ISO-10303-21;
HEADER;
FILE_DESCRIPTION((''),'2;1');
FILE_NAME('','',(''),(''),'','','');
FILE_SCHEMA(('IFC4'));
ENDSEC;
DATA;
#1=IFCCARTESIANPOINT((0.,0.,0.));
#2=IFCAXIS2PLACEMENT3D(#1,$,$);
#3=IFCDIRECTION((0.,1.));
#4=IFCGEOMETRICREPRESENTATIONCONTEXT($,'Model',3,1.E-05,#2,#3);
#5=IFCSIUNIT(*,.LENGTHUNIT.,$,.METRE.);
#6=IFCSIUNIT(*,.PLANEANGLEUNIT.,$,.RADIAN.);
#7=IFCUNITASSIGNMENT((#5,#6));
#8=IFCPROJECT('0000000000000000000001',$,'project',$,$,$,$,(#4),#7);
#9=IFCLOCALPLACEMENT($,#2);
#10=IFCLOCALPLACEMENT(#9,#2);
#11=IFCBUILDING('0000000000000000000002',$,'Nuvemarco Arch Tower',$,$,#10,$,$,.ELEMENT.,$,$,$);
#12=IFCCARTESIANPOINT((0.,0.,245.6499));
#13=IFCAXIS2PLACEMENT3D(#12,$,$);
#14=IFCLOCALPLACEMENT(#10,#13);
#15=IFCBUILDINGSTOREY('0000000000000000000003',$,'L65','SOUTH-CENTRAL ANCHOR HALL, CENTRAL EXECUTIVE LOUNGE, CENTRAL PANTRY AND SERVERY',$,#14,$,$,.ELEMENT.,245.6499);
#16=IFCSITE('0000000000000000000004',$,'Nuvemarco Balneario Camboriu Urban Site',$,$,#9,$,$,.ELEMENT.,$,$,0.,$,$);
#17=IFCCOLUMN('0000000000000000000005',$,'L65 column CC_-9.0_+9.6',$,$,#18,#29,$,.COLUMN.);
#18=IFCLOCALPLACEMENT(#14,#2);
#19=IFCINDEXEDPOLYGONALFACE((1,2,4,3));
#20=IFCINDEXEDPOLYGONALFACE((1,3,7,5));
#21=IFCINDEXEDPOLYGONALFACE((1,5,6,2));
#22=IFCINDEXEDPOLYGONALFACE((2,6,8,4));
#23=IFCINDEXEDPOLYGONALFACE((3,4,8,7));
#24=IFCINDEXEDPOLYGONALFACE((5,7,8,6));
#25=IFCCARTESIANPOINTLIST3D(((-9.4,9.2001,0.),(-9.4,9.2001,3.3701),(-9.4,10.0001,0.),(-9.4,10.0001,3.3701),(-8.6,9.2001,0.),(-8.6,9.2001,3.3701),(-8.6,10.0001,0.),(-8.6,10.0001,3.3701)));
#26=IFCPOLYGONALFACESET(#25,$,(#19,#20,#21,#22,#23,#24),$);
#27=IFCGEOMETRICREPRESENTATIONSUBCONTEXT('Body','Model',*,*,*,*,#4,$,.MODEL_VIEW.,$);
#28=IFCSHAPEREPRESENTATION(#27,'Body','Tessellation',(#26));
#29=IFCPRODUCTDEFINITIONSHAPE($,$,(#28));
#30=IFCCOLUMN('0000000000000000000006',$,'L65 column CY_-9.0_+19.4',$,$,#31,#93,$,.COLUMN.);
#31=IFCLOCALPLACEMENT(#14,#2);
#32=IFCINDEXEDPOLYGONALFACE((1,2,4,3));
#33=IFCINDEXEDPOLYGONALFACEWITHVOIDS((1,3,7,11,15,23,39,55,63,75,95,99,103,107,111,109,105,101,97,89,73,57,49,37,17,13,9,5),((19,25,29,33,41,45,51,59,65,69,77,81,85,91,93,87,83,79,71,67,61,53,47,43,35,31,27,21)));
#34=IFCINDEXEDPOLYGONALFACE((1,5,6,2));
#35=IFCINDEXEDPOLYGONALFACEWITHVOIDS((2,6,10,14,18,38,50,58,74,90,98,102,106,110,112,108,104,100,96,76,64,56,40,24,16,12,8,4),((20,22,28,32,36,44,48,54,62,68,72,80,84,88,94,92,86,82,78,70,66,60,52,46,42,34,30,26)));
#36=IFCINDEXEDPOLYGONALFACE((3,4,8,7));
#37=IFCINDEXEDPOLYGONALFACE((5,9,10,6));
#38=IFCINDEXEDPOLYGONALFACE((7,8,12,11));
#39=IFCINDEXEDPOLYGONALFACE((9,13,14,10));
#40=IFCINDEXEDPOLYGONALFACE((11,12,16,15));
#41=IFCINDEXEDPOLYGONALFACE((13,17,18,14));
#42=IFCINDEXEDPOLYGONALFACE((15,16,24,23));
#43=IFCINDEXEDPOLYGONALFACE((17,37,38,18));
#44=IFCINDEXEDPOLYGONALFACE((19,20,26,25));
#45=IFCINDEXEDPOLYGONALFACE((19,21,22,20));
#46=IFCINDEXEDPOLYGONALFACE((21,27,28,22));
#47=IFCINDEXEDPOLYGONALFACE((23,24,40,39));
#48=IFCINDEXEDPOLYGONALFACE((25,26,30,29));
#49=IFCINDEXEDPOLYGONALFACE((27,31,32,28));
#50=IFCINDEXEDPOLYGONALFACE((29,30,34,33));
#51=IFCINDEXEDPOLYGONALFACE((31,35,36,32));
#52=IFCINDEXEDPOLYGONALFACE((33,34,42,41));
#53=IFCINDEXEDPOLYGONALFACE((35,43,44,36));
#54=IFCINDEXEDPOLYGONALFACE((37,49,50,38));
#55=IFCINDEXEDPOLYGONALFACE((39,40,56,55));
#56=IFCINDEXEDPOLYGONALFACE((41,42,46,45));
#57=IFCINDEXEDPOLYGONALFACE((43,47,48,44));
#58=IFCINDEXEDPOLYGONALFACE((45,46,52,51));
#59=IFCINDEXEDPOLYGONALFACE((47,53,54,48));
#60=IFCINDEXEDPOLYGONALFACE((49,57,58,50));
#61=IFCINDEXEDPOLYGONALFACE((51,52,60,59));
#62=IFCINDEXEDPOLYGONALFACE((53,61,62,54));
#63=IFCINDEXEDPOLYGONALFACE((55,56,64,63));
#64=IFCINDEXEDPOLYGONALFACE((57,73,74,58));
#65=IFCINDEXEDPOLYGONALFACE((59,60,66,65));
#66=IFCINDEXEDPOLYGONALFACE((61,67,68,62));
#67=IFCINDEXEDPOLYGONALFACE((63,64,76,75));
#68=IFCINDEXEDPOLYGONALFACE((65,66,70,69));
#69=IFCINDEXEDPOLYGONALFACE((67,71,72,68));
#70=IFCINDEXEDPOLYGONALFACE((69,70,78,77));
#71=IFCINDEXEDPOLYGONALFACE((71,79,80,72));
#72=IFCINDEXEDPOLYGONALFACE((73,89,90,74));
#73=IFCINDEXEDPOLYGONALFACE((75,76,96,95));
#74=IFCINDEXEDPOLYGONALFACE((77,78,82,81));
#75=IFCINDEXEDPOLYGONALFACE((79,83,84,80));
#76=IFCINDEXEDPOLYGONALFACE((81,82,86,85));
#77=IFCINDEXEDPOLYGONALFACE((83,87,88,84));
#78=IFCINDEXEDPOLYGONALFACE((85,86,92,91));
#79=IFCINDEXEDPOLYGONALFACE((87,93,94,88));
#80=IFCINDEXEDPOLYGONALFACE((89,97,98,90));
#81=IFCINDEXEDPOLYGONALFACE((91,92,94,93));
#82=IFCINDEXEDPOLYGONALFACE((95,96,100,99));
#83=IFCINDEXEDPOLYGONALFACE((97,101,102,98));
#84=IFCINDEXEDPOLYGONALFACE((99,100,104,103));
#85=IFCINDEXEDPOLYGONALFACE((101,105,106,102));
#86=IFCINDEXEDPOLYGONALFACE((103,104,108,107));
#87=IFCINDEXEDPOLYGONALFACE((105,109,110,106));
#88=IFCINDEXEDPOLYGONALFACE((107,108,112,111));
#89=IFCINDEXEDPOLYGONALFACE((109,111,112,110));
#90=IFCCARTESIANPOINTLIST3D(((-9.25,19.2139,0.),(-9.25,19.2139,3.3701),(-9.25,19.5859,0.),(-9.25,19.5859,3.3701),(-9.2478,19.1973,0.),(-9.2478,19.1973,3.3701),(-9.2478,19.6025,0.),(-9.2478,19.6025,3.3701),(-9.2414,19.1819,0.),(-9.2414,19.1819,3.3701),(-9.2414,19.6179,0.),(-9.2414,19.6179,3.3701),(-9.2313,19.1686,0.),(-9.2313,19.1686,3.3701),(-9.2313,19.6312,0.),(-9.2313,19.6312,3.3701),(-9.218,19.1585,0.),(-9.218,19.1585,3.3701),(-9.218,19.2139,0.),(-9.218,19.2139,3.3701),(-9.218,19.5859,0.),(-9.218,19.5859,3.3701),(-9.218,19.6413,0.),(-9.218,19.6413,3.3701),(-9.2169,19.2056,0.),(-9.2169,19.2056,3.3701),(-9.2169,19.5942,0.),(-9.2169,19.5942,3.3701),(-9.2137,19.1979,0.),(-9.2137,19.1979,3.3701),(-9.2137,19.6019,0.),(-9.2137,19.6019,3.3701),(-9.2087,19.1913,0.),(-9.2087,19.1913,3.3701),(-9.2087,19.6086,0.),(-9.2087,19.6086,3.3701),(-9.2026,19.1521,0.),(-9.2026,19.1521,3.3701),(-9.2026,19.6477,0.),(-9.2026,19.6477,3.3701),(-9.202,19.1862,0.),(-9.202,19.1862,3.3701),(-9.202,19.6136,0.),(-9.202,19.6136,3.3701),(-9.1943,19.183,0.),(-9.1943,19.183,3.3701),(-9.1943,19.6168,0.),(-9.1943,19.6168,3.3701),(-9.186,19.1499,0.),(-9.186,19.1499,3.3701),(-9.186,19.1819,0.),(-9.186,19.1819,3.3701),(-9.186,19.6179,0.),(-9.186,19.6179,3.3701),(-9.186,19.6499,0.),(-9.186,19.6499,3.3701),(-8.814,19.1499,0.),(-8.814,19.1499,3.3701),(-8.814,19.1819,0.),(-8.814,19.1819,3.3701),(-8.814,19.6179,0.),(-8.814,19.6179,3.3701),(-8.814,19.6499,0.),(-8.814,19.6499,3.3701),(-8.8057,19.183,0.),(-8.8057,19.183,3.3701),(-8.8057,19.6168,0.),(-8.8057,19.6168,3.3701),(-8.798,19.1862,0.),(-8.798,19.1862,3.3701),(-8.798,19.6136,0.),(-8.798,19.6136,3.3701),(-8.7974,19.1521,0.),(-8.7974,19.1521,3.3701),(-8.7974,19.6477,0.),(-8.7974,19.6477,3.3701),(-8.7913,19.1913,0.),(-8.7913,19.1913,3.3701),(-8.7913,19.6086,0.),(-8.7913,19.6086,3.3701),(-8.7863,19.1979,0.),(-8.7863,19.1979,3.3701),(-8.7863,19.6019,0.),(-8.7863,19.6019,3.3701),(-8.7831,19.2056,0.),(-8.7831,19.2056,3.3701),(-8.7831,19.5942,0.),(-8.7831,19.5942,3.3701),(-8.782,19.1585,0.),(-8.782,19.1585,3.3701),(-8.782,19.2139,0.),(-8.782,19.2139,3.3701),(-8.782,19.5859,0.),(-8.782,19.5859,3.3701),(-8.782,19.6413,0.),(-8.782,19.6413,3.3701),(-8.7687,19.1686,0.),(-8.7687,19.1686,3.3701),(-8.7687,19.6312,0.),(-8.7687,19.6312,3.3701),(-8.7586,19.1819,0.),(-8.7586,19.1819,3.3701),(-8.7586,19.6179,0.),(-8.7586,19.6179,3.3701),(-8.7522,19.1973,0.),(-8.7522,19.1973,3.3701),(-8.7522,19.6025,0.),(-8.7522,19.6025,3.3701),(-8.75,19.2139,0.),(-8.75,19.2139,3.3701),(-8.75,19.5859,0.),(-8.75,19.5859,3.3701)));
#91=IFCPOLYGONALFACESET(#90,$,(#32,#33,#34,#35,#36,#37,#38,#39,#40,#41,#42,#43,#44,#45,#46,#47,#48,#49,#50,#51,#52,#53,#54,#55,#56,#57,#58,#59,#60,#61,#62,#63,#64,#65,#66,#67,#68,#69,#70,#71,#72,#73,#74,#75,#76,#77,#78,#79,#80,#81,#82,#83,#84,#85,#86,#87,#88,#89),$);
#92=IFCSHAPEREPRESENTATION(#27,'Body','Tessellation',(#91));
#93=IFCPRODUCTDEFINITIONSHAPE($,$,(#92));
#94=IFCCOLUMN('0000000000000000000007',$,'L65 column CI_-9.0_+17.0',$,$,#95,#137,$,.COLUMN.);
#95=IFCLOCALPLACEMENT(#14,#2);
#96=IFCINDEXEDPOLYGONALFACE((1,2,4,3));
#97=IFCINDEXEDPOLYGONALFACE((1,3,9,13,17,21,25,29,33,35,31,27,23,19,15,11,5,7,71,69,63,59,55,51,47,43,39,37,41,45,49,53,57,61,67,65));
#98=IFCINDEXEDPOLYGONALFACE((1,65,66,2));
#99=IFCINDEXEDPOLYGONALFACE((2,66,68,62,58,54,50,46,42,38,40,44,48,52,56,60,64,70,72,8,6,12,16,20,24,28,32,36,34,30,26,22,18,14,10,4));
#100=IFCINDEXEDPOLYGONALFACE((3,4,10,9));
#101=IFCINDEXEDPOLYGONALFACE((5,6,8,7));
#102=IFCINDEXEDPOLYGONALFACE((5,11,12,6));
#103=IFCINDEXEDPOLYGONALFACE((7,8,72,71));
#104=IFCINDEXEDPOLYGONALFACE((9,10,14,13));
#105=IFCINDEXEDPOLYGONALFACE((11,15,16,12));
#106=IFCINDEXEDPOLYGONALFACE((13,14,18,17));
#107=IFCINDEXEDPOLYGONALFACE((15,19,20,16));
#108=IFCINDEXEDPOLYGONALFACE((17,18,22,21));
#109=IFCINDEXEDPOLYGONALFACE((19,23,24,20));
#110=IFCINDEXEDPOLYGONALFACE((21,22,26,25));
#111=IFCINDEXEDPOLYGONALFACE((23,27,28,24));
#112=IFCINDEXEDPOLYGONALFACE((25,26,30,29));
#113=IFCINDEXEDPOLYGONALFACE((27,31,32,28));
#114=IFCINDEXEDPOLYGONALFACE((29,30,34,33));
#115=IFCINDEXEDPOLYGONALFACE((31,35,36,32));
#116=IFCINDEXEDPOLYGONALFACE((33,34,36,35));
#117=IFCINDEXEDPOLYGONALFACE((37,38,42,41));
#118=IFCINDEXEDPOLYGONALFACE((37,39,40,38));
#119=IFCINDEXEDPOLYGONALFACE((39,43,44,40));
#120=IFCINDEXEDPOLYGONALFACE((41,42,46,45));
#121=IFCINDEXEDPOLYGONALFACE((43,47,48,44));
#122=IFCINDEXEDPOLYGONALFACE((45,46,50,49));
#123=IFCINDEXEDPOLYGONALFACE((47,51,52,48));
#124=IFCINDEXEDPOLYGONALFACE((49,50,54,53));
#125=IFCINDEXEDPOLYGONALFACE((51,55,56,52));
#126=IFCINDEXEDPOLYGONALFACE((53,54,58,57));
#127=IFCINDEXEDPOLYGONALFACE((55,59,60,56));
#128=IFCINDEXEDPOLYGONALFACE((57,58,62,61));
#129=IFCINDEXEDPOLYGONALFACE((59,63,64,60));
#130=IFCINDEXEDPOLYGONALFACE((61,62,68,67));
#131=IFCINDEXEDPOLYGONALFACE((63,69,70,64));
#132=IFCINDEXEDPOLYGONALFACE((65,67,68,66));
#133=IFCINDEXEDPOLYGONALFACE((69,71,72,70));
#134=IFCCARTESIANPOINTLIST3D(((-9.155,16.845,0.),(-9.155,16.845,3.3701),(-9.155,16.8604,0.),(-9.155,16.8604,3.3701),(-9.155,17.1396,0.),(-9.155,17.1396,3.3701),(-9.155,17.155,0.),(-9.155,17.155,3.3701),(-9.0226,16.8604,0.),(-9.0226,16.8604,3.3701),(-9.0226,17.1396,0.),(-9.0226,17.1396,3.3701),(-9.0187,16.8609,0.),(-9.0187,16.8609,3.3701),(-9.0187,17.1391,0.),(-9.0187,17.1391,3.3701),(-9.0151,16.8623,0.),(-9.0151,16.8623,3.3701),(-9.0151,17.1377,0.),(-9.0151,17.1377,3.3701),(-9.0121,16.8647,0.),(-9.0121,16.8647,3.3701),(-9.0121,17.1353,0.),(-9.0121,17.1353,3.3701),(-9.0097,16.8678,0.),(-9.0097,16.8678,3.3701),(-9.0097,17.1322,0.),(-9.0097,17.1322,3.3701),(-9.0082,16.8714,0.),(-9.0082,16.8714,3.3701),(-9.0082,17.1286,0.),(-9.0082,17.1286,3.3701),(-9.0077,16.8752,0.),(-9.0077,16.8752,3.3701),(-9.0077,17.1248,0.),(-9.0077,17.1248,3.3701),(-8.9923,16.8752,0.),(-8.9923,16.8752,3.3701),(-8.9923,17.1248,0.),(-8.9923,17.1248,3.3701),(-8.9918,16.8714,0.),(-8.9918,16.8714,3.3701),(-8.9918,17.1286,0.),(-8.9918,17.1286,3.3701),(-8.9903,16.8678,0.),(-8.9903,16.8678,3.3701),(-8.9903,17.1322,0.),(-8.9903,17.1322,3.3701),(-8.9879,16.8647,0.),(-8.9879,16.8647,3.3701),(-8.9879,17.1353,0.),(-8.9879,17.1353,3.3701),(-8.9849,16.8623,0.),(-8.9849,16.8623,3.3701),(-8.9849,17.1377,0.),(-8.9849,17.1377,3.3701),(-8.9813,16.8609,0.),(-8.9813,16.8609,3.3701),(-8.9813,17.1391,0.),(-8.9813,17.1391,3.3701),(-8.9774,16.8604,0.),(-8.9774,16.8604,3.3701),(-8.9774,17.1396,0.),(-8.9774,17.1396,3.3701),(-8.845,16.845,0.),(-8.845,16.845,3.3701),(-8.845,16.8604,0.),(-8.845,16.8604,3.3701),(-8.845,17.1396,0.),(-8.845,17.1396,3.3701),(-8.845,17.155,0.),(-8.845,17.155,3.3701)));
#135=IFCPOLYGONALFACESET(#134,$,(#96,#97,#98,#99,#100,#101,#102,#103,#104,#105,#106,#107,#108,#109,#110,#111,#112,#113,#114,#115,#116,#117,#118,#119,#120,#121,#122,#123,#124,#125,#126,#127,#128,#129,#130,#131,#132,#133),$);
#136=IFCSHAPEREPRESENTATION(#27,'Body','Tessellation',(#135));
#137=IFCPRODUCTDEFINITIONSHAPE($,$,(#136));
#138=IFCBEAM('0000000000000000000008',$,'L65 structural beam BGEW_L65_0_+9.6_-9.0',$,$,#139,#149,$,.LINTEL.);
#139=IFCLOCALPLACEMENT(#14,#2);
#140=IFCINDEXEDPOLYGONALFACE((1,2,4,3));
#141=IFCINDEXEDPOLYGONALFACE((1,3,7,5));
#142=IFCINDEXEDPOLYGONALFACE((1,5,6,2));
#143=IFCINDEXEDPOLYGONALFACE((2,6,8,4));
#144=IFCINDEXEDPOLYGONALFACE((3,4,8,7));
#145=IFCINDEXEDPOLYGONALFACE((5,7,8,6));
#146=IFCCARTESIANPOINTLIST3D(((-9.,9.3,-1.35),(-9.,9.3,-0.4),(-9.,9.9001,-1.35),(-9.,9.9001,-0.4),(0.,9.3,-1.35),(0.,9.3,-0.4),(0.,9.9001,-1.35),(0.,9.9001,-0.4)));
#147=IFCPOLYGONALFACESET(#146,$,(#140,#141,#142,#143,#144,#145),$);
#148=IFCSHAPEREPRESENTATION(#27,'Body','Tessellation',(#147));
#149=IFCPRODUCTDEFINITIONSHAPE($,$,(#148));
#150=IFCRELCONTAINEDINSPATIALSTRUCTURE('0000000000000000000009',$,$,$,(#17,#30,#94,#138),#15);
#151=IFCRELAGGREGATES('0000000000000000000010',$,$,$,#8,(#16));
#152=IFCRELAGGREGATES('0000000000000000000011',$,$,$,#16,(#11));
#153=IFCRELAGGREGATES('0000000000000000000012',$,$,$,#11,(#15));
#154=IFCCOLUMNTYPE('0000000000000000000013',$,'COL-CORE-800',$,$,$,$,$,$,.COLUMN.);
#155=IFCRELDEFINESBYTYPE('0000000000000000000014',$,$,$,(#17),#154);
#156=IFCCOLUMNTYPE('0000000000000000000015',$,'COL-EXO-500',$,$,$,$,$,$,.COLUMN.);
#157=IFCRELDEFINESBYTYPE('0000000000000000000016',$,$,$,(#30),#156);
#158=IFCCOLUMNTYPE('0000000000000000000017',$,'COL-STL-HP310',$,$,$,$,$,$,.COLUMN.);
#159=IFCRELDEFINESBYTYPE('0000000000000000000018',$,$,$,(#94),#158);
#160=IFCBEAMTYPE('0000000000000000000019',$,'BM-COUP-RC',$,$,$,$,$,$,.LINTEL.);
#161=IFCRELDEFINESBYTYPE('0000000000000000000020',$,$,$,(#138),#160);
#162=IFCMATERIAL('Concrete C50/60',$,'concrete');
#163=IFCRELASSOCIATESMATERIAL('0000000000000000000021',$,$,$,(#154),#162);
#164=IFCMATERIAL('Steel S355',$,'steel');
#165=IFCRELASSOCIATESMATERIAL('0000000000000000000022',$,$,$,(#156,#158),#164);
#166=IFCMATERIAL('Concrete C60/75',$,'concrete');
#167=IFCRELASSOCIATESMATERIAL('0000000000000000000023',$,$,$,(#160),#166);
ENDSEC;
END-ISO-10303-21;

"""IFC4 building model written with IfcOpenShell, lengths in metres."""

from ifc_helpers import new_model, si_unit, direction, frame, origin, origin_2d, place, context, subcontext, project, spatial, rectangle, hollow_rectangle, i_section, extrude, material, material_profile, profile_set, type_object, element, save


model = new_model("IFC4")

# Units and contexts
model_context = context("Model", 3, precision=1e-05, world=origin(), true_north=direction((0.0, 1.0)))
body_context = subcontext(model_context, "Body", "Model", "MODEL_VIEW")
ifc_project = project(units=[si_unit("LENGTHUNIT", "METRE"), si_unit("PLANEANGLEUNIT", "RADIAN")], contexts=[model_context])

# Site, building, storey
site_placement = place(None, origin())
site = spatial("IfcSite", under=ifc_project, at=site_placement, Name="Nuvemarco Balneario Camboriu Urban Site", CompositionType="ELEMENT", RefElevation=0.0)
building_placement = place(site_placement, origin())
building = spatial("IfcBuilding", under=site, at=building_placement, Name="Nuvemarco Arch Tower", CompositionType="ELEMENT")
storey_placement = place(building_placement, frame((0.0, 0.0, 245.6499)))
storey = spatial("IfcBuildingStorey", under=building, at=storey_placement, Name="L65", Description="SOUTH-CENTRAL ANCHOR HALL, CENTRAL EXECUTIVE LOUNGE, CENTRAL PANTRY AND SERVERY", CompositionType="ELEMENT", Elevation=245.6499)

# Columns
ifc_material_1 = material(Name="Concrete C50/60", Category="concrete")
ifc_material_profile_1 = material_profile(ifc_material_1, rectangle(XDim=0.8, YDim=0.8, at=origin_2d()), Name="RC-COL-800x800")
ifc_profile_set_1 = profile_set([ifc_material_profile_1], Name="Concrete C50/60")
column_type_1 = type_object("IfcColumnType", Name="COL-CORE-800", PredefinedType="COLUMN", material=ifc_profile_set_1)
column_1_placement = place(storey_placement, frame((-9.0, 9.6001, 0.0), z_axis=(0.0, 0.0, 1.0), x_axis=(1.0, 0.0, 0.0)))
element("IfcColumn", 1, at=column_1_placement, inside=storey, type_object=column_type_1, Name="L65 column CC_-9.0_+9.6", PredefinedType="COLUMN", context=body_context, shape_type="SweptSolid", body=[
    extrude(rectangle(XDim=0.8, YDim=0.8, at=origin_2d()), origin(), (0.0, 0.0, 1.0), 3.3701),
])
ifc_material_2 = material(Name="Steel S355", Category="steel")
ifc_material_profile_2 = material_profile(ifc_material_2, hollow_rectangle(XDim=0.5, YDim=0.5, WallThickness=0.032, InnerFilletRadius=0.032, OuterFilletRadius=0.064, at=origin_2d()), Name="SHS500x500x32")
ifc_profile_set_2 = profile_set([ifc_material_profile_2], Name="Steel S355")
column_type_2 = type_object("IfcColumnType", Name="COL-EXO-500", PredefinedType="COLUMN", material=ifc_profile_set_2)
column_2_placement = place(storey_placement, frame((-9.0, 19.3999, 0.0), z_axis=(0.0, 0.0, 1.0), x_axis=(1.0, 0.0, 0.0)))
element("IfcColumn", 2, at=column_2_placement, inside=storey, type_object=column_type_2, Name="L65 column CY_-9.0_+19.4", PredefinedType="COLUMN", context=body_context, shape_type="SweptSolid", body=[
    extrude(hollow_rectangle(XDim=0.5, YDim=0.5, WallThickness=0.032, InnerFilletRadius=0.032, OuterFilletRadius=0.064, at=origin_2d()), origin(), (0.0, 0.0, 1.0), 3.3701),
])
ifc_material_profile_3 = material_profile(ifc_material_2, i_section(OverallWidth=0.3101, OverallDepth=0.3101, WebThickness=0.0154, FlangeThickness=0.0154, FilletRadius=0.0149, at=origin_2d()), Name="HP310x110")
ifc_profile_set_3 = profile_set([ifc_material_profile_3], Name="Steel S355")
column_type_3 = type_object("IfcColumnType", Name="COL-STL-HP310", PredefinedType="COLUMN", material=ifc_profile_set_3)
column_3_placement = place(storey_placement, frame((-9.0, 17.0, 0.0), z_axis=(0.0, 0.0, 1.0), x_axis=(1.0, 0.0, 0.0)))
element("IfcColumn", 3, at=column_3_placement, inside=storey, type_object=column_type_3, Name="L65 column CI_-9.0_+17.0", PredefinedType="COLUMN", context=body_context, shape_type="SweptSolid", body=[
    extrude(i_section(OverallWidth=0.3101, OverallDepth=0.3101, WebThickness=0.0154, FlangeThickness=0.0154, FilletRadius=0.0149, at=origin_2d()), origin(), (0.0, 0.0, 1.0), 3.3701),
])

# Beam
ifc_material_3 = material(Name="Concrete C60/75", Category="concrete")
ifc_material_profile_4 = material_profile(ifc_material_3, rectangle(XDim=0.6001, YDim=0.95, at=origin_2d()), Name="RC-BM-600x950")
ifc_profile_set_4 = profile_set([ifc_material_profile_4], Name="Concrete C60/75")
beam_type_1 = type_object("IfcBeamType", Name="BM-COUP-RC", PredefinedType="LINTEL", material=ifc_profile_set_4)
beam_1_placement = place(storey_placement, frame((-9.0, 9.6001, -0.875), z_axis=(1.0, 0.0, 0.0), x_axis=(0.0, 1.0, 0.0)))
element("IfcBeam", 4, at=beam_1_placement, inside=storey, type_object=beam_type_1, Name="L65 structural beam BGEW_L65_0_+9.6_-9.0", PredefinedType="LINTEL", context=body_context, shape_type="SweptSolid", body=[
    extrude(rectangle(XDim=0.6001, YDim=0.95, at=origin_2d()), origin(), (0.0, 0.0, 1.0), 9.0),
])

save(model, "model.ifc")
